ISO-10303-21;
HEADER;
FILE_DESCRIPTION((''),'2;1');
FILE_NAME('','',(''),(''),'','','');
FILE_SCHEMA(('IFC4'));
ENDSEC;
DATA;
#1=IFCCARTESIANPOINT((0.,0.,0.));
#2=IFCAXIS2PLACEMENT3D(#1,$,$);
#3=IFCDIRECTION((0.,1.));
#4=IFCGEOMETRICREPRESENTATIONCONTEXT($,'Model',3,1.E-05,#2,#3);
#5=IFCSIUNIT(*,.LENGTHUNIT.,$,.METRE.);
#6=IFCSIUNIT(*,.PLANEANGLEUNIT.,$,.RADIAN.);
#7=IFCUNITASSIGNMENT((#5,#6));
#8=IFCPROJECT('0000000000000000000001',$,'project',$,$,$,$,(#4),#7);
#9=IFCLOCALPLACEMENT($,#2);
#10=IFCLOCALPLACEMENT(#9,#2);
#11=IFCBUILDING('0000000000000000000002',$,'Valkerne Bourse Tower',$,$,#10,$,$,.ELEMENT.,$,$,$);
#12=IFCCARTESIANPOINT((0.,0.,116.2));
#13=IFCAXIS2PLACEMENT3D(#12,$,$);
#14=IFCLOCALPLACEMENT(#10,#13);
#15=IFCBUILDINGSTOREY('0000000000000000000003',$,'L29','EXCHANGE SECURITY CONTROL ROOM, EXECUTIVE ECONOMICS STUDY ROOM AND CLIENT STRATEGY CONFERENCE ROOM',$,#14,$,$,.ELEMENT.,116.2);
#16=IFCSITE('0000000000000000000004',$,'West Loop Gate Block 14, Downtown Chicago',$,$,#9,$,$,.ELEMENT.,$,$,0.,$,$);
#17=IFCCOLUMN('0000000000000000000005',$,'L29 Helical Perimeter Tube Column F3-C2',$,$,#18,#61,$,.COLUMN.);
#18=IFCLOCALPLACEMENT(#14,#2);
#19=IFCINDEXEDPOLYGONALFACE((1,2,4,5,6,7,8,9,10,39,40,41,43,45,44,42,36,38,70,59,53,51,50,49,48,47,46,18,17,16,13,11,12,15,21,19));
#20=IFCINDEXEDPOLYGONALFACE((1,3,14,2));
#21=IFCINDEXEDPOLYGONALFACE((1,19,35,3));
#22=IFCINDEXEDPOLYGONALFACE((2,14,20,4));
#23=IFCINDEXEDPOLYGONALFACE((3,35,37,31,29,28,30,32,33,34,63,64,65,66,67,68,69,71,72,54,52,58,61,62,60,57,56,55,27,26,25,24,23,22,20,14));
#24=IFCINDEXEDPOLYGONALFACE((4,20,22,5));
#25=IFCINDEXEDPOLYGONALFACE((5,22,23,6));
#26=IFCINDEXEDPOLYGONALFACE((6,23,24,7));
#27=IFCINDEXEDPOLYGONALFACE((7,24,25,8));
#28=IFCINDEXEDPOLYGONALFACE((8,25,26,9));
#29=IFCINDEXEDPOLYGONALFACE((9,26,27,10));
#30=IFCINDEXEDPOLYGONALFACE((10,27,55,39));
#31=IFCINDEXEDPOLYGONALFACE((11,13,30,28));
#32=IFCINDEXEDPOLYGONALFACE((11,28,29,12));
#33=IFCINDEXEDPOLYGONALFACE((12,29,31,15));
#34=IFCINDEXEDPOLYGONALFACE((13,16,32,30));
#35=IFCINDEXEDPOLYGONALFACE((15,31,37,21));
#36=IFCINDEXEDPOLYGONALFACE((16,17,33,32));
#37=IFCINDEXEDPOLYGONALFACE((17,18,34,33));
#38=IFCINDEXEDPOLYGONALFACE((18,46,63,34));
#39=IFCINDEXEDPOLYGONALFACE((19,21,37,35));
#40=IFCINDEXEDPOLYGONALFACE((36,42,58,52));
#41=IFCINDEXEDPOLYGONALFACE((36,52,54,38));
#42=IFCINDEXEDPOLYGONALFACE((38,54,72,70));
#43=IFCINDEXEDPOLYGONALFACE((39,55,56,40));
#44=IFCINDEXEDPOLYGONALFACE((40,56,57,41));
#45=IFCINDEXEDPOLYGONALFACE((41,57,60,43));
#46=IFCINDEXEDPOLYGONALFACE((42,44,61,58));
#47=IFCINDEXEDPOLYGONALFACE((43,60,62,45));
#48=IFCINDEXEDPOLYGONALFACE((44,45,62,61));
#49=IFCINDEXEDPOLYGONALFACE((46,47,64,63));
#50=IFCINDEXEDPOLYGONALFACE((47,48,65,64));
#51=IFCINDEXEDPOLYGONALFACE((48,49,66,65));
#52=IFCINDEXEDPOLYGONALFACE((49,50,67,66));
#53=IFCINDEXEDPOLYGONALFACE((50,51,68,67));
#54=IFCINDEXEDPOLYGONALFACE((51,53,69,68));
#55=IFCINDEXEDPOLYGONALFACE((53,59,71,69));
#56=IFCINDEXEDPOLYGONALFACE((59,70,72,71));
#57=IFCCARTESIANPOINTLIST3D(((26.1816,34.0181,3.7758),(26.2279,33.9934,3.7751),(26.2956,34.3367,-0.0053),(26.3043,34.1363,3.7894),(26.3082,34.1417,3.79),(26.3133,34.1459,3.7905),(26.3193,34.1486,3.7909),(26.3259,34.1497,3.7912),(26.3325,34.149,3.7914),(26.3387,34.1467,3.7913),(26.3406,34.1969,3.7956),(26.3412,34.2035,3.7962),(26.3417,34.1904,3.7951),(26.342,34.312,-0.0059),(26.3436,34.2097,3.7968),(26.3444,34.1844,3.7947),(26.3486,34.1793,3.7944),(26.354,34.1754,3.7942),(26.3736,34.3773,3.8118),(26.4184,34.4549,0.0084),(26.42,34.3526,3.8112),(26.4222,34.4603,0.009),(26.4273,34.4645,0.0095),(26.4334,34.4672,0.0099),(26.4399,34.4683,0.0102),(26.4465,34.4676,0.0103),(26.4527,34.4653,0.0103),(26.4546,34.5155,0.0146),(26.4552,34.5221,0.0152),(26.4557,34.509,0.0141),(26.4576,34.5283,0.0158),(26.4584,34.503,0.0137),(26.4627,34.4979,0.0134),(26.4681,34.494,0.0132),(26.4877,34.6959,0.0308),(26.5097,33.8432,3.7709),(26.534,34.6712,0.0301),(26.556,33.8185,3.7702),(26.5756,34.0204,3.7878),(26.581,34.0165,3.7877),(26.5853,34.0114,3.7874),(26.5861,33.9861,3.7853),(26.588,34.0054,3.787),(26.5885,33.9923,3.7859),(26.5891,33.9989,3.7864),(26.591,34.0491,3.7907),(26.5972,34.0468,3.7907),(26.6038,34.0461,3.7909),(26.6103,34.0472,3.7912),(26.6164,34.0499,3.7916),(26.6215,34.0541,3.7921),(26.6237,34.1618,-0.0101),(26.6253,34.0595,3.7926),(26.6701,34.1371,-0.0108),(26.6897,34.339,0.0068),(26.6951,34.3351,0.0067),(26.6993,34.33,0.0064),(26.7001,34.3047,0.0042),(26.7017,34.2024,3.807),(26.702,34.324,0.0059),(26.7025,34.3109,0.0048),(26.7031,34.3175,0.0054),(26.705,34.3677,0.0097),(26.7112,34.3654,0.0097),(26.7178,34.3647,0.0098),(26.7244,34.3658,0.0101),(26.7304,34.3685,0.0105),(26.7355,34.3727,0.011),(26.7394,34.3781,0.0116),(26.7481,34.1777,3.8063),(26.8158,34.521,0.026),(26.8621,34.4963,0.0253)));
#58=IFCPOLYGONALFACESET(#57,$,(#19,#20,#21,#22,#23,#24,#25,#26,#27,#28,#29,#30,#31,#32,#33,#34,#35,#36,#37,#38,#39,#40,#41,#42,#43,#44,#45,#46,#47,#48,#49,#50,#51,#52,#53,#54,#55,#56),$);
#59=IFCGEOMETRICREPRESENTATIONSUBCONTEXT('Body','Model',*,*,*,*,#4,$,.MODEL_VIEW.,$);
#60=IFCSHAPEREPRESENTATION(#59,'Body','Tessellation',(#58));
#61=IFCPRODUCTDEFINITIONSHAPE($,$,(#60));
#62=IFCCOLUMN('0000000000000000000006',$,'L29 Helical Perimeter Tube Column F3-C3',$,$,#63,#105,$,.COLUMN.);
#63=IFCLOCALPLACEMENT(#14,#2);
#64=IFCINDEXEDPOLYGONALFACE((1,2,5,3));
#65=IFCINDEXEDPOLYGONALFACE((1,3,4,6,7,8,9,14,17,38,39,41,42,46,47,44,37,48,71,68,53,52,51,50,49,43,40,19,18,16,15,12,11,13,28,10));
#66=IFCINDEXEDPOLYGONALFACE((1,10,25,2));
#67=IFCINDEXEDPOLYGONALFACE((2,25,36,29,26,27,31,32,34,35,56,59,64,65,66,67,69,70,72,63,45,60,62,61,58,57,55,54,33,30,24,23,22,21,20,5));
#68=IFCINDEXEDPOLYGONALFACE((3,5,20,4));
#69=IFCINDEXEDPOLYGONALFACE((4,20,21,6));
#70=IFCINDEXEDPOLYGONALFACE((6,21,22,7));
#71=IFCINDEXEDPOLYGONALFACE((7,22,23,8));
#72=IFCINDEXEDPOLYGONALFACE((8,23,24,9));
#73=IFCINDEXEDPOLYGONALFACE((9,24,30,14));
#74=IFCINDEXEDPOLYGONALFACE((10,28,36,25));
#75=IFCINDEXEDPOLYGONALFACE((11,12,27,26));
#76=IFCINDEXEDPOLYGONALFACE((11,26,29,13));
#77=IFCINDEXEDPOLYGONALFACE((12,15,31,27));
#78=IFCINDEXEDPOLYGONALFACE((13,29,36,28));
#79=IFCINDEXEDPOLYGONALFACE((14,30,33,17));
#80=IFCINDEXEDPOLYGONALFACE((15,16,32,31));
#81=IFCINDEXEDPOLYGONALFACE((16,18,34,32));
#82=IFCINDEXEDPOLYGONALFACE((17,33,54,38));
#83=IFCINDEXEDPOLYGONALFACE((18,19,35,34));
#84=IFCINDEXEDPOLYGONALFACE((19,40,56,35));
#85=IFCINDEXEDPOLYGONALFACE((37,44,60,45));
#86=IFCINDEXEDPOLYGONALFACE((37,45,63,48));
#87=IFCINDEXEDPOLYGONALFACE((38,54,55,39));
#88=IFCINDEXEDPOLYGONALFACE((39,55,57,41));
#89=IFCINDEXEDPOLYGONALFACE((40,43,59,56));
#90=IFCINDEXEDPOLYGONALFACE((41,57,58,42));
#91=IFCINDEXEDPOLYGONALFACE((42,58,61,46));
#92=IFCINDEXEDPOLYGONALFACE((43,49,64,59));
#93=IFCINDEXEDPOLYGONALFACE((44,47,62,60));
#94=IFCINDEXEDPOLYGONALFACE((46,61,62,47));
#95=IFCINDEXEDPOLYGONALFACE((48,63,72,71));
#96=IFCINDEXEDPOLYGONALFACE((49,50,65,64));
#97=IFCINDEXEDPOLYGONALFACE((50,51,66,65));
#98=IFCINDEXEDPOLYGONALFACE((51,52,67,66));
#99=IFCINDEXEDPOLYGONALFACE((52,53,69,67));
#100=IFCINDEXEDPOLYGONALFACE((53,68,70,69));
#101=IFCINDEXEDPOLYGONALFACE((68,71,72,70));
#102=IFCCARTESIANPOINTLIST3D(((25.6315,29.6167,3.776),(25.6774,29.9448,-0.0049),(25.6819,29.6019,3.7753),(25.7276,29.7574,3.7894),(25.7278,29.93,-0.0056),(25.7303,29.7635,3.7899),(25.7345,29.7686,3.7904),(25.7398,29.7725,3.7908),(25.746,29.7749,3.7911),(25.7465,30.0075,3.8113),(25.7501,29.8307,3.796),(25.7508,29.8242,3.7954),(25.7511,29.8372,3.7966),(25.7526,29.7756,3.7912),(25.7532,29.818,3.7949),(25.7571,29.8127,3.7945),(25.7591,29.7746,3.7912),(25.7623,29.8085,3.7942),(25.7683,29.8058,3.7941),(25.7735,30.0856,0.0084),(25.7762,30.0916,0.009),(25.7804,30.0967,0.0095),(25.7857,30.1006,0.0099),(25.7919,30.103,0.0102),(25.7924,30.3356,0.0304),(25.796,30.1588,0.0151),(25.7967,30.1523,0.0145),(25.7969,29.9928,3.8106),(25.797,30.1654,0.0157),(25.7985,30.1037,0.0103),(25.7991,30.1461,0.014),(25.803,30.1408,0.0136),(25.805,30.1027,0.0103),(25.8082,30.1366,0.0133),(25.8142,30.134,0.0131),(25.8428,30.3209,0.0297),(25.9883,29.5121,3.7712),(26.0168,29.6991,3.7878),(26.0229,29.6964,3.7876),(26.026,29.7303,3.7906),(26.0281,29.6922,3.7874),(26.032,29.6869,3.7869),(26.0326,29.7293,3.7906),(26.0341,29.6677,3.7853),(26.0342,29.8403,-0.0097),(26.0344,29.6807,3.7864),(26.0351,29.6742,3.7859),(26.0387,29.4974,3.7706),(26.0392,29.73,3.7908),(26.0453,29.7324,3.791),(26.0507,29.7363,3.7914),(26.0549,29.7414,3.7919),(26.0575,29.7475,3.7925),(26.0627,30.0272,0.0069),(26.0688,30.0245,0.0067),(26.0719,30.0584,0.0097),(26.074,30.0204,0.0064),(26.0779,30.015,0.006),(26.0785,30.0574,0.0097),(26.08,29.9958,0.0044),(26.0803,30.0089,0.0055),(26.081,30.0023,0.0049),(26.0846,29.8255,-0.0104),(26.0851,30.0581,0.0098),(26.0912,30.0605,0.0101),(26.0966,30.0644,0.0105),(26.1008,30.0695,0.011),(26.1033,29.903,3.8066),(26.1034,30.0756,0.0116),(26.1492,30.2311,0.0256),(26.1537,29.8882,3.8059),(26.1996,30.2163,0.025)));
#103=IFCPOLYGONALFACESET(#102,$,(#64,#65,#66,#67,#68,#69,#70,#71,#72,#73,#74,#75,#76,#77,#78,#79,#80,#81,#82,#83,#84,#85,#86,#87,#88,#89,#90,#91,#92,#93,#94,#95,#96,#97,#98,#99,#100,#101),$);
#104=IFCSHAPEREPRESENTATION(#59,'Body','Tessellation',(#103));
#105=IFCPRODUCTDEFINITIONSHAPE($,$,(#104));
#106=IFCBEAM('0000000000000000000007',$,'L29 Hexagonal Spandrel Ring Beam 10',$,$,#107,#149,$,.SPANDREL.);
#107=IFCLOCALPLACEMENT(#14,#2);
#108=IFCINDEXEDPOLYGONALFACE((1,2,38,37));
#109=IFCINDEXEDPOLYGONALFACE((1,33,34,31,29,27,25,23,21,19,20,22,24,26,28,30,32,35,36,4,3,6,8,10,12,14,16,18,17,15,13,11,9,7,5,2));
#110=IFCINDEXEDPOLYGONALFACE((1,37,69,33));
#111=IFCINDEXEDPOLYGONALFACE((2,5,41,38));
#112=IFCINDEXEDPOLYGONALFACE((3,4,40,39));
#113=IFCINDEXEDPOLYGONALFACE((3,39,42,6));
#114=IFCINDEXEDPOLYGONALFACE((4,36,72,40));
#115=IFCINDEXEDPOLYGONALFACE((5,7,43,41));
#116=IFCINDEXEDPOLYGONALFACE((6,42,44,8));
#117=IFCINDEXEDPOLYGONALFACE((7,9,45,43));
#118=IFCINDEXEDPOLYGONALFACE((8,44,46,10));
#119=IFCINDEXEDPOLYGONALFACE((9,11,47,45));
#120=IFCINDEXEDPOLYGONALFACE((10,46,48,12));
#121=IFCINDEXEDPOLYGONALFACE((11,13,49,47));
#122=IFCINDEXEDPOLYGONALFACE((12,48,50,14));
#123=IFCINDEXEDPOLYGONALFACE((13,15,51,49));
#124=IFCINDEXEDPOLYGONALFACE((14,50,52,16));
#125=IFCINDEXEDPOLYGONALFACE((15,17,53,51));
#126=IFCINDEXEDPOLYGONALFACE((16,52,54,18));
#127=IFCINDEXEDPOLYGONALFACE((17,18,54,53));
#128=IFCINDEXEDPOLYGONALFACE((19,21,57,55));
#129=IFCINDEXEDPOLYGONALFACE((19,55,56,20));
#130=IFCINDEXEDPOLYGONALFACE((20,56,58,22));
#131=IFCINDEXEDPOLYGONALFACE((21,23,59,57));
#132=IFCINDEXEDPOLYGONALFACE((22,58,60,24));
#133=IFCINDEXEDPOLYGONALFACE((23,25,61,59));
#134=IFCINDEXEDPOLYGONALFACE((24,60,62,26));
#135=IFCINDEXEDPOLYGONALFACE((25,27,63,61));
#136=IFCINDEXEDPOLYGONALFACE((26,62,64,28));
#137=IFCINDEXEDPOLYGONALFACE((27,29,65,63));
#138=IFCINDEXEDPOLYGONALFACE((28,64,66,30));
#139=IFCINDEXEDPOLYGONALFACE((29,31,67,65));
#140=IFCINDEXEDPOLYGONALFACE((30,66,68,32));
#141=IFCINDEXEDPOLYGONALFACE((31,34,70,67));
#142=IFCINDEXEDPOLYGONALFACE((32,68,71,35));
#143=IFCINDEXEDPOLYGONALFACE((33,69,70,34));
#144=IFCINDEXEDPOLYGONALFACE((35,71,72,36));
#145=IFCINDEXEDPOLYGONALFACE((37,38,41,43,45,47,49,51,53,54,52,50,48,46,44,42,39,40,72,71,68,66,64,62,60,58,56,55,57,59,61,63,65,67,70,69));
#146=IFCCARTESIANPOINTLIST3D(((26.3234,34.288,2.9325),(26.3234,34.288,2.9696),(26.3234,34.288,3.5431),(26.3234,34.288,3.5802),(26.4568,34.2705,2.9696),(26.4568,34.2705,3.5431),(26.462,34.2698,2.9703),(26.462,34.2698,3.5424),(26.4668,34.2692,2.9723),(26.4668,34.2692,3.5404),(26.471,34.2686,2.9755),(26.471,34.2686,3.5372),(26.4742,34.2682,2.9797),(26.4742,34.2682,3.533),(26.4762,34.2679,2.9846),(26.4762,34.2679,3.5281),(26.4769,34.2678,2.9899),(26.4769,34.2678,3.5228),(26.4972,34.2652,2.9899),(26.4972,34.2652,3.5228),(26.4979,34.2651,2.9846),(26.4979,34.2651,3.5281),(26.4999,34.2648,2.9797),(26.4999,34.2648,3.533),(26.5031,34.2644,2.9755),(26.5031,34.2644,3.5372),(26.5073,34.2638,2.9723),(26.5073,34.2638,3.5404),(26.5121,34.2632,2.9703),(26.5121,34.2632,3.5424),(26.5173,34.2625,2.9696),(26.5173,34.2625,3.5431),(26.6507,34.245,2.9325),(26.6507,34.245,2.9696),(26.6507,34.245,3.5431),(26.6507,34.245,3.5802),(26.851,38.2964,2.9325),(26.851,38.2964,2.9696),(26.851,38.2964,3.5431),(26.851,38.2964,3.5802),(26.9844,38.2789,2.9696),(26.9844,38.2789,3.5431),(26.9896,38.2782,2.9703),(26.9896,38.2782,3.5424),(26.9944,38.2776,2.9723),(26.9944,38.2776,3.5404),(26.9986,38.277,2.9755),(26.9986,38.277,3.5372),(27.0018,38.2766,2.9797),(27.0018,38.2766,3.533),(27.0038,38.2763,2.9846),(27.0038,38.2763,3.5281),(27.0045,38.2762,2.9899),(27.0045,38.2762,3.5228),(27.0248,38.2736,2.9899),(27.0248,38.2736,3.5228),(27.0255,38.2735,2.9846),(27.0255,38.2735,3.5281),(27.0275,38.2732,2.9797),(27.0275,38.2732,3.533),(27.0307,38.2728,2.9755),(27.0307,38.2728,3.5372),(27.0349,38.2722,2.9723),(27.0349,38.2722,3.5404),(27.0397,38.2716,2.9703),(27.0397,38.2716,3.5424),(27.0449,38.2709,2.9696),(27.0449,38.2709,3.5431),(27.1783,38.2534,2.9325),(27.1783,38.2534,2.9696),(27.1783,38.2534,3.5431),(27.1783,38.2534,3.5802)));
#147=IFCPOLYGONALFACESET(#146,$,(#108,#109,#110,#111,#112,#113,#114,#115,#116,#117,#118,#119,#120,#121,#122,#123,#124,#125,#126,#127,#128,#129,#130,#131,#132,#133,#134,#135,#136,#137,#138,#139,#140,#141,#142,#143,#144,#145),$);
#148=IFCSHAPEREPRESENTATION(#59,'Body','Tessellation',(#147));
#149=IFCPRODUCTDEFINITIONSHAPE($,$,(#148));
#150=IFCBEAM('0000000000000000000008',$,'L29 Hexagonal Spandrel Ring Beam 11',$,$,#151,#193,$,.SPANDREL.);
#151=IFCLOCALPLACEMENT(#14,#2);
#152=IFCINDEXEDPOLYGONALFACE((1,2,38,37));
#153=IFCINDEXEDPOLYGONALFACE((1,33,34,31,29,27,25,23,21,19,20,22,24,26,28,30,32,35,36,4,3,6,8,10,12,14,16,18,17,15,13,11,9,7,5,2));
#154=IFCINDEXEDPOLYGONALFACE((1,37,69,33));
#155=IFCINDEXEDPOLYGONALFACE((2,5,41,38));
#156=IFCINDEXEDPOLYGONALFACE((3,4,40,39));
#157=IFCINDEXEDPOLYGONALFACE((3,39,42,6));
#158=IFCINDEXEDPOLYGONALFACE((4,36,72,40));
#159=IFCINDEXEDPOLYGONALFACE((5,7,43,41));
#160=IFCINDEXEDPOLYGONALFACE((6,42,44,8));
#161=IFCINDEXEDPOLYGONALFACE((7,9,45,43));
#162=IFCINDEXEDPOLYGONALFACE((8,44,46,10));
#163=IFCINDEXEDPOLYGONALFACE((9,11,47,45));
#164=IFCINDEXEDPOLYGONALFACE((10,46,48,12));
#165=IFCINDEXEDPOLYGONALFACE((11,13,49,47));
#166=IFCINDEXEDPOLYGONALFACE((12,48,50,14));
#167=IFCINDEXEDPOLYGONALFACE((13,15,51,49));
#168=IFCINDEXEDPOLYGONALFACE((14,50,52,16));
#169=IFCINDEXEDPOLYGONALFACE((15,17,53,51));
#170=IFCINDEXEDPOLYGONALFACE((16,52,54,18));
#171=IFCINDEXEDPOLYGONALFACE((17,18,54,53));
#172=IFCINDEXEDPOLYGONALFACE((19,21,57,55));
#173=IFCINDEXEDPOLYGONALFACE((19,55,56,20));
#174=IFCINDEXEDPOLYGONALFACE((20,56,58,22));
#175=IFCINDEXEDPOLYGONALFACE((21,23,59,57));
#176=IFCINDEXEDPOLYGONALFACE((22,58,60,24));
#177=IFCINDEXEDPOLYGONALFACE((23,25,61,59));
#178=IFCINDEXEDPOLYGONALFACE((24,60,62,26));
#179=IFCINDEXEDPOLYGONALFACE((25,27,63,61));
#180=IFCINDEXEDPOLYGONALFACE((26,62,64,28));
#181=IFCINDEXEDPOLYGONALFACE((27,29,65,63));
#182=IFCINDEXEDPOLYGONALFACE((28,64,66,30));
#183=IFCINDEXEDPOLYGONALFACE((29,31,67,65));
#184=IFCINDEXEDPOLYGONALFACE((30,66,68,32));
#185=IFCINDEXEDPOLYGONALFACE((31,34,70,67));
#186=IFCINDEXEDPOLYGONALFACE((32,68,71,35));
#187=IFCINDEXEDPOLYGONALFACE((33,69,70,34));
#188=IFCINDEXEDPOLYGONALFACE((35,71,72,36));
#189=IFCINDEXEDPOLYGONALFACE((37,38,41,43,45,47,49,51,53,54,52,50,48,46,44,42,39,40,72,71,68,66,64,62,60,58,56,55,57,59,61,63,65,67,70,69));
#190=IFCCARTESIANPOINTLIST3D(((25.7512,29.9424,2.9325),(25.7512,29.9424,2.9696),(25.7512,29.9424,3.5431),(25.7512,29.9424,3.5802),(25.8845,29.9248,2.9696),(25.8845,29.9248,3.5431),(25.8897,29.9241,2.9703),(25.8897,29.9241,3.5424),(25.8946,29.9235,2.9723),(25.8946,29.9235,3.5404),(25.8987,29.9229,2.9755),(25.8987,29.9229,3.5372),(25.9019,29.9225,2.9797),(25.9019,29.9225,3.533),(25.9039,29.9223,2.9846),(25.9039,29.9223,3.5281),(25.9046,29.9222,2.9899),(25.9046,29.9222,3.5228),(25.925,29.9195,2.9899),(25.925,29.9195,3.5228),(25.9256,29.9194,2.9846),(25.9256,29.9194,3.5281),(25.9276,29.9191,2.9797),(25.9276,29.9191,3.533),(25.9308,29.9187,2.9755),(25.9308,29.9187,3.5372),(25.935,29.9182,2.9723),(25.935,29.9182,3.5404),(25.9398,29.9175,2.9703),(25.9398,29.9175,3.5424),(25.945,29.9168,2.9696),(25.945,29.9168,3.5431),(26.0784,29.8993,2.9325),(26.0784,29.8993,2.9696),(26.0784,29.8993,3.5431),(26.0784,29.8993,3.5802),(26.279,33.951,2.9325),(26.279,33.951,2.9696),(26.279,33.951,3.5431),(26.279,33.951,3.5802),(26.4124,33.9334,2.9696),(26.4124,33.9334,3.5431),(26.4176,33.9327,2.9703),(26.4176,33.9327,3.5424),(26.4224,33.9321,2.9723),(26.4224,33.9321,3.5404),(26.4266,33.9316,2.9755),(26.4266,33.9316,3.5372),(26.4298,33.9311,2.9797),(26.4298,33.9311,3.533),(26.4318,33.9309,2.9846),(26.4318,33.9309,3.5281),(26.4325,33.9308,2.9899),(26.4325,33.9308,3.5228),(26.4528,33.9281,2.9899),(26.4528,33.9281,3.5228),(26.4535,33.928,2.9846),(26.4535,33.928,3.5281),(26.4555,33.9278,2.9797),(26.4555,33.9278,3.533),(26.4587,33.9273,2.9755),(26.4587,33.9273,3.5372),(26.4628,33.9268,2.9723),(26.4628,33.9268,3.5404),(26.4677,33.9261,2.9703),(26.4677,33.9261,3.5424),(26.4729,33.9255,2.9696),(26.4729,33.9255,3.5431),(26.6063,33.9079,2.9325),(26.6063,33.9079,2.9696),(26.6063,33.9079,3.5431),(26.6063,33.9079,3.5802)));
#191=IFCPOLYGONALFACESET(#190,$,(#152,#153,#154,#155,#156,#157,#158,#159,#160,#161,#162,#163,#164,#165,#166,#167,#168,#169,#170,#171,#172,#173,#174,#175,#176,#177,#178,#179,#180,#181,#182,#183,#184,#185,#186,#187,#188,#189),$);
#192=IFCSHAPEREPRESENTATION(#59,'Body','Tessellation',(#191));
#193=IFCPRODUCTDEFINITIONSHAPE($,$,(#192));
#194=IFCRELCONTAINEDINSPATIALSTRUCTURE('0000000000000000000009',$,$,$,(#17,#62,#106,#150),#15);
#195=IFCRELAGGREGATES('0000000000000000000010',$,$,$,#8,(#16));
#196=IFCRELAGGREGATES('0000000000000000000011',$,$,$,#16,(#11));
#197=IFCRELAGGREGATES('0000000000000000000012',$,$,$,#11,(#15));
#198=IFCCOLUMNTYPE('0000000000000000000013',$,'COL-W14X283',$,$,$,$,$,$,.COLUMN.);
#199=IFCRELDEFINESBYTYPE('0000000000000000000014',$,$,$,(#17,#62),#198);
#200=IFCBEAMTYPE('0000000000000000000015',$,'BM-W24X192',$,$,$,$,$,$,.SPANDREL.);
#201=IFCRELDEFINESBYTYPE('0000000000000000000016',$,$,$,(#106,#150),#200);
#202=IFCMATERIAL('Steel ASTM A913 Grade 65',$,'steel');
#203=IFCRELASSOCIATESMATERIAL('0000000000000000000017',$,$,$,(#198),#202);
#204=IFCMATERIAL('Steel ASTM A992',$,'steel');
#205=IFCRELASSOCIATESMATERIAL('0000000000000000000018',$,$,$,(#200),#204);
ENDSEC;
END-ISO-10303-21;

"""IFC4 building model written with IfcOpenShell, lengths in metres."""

from ifc_helpers import new_model, si_unit, direction, frame, origin, origin_2d, place, context, subcontext, project, spatial, i_section, extrude, material, material_profile, profile_set, type_object, element, save


model = new_model("IFC4")

# Units and contexts
model_context = context("Model", 3, precision=1e-05, world=origin(), true_north=direction((0.0, 1.0)))
body_context = subcontext(model_context, "Body", "Model", "MODEL_VIEW")
ifc_project = project(units=[si_unit("LENGTHUNIT", "METRE"), si_unit("PLANEANGLEUNIT", "RADIAN")], contexts=[model_context])

# Site, building, storey
site_placement = place(None, origin())
site = spatial("IfcSite", under=ifc_project, at=site_placement, Name="West Loop Gate Block 14, Downtown Chicago", CompositionType="ELEMENT", RefElevation=0.0)
building_placement = place(site_placement, origin())
building = spatial("IfcBuilding", under=site, at=building_placement, Name="Valkerne Bourse Tower", CompositionType="ELEMENT")
storey_placement = place(building_placement, frame((0.0, 0.0, 116.2)))
storey = spatial("IfcBuildingStorey", under=building, at=storey_placement, Name="L29", Description="EXCHANGE SECURITY CONTROL ROOM, EXECUTIVE ECONOMICS STUDY ROOM AND CLIENT STRATEGY CONFERENCE ROOM", CompositionType="ELEMENT", Elevation=116.2)

# Columns
ifc_material_1 = material(Name="Steel ASTM A913 Grade 65", Category="steel")
ifc_material_profile_1 = material_profile(ifc_material_1, i_section(OverallWidth=0.4089, OverallDepth=0.4243, WebThickness=0.0327, FlangeThickness=0.0525, FilletRadius=0.0254, at=origin_2d()), Name="W14X283")
ifc_profile_set_1 = profile_set([ifc_material_profile_1], Name="Steel ASTM A913 Grade 65")
column_type = type_object("IfcColumnType", Name="COL-W14X283", PredefinedType="COLUMN", material=ifc_profile_set_1)
column_1_placement = place(storey_placement, frame((26.5789, 34.4165, 0.01), z_axis=(-0.030034, -0.083929, 0.996019), x_axis=(-0.469531, -0.878501, -0.088185)))
element("IfcColumn", 1, at=column_1_placement, inside=storey, type_object=column_type, Name="L29 Helical Perimeter Tube Column F3-C2", PredefinedType="COLUMN", context=body_context, shape_type="SweptSolid", body=[
    extrude(i_section(OverallWidth=0.4089, OverallDepth=0.4243, WebThickness=0.0327, FlangeThickness=0.0525, FilletRadius=0.0254, at=origin_2d()), origin(), (0.0, 0.0, 1.0), 3.7961),
])
column_2_placement = place(storey_placement, frame((25.9385, 30.0806, 0.01), z_axis=(-0.012093, -0.086451, 0.996183), x_axis=(-0.281197, -0.955757, -0.086356)))
element("IfcColumn", 2, at=column_2_placement, inside=storey, type_object=column_type, Name="L29 Helical Perimeter Tube Column F3-C3", PredefinedType="COLUMN", context=body_context, shape_type="SweptSolid", body=[
    extrude(i_section(OverallWidth=0.4089, OverallDepth=0.4243, WebThickness=0.0327, FlangeThickness=0.0525, FilletRadius=0.0254, at=origin_2d()), origin(), (0.0, 0.0, 1.0), 3.7954),
])

# Beams
ifc_material_2 = material(Name="Steel ASTM A992", Category="steel")
ifc_material_profile_2 = material_profile(ifc_material_2, i_section(OverallWidth=0.3301, OverallDepth=0.6477, WebThickness=0.0205, FlangeThickness=0.0371, FilletRadius=0.0203, at=origin_2d()), Name="W24X192")
ifc_profile_set_2 = profile_set([ifc_material_profile_2], Name="Steel ASTM A992")
beam_type_1 = type_object("IfcBeamType", Name="BM-W24X192", PredefinedType="SPANDREL", material=ifc_profile_set_2)
beam_1_placement = place(storey_placement, frame((27.0146, 38.2749, 3.2563), z_axis=(-0.130498, -0.991449, 0.0), x_axis=(0.991449, -0.130498, 0.0)))
element("IfcBeam", 3, at=beam_1_placement, inside=storey, type_object=beam_type_1, Name="L29 Hexagonal Spandrel Ring Beam 10", PredefinedType="SPANDREL", context=body_context, shape_type="SweptSolid", body=[
    extrude(i_section(OverallWidth=0.3301, OverallDepth=0.6477, WebThickness=0.0205, FlangeThickness=0.0371, FilletRadius=0.0203, at=origin_2d()), origin(), (0.0, 0.0, 1.0), 4.043),
])
beam_2_placement = place(storey_placement, frame((26.4426, 33.9294, 3.2563), z_axis=(-0.13055, -0.991442, 0.0), x_axis=(0.991442, -0.13055, 0.0)))
element("IfcBeam", 4, at=beam_2_placement, inside=storey, type_object=beam_type_1, Name="L29 Hexagonal Spandrel Ring Beam 11", PredefinedType="SPANDREL", context=body_context, shape_type="SweptSolid", body=[
    extrude(i_section(OverallWidth=0.3301, OverallDepth=0.6477, WebThickness=0.0205, FlangeThickness=0.0371, FilletRadius=0.0203, at=origin_2d()), origin(), (0.0, 0.0, 1.0), 4.0432),
])

save(model, "model.ifc")
